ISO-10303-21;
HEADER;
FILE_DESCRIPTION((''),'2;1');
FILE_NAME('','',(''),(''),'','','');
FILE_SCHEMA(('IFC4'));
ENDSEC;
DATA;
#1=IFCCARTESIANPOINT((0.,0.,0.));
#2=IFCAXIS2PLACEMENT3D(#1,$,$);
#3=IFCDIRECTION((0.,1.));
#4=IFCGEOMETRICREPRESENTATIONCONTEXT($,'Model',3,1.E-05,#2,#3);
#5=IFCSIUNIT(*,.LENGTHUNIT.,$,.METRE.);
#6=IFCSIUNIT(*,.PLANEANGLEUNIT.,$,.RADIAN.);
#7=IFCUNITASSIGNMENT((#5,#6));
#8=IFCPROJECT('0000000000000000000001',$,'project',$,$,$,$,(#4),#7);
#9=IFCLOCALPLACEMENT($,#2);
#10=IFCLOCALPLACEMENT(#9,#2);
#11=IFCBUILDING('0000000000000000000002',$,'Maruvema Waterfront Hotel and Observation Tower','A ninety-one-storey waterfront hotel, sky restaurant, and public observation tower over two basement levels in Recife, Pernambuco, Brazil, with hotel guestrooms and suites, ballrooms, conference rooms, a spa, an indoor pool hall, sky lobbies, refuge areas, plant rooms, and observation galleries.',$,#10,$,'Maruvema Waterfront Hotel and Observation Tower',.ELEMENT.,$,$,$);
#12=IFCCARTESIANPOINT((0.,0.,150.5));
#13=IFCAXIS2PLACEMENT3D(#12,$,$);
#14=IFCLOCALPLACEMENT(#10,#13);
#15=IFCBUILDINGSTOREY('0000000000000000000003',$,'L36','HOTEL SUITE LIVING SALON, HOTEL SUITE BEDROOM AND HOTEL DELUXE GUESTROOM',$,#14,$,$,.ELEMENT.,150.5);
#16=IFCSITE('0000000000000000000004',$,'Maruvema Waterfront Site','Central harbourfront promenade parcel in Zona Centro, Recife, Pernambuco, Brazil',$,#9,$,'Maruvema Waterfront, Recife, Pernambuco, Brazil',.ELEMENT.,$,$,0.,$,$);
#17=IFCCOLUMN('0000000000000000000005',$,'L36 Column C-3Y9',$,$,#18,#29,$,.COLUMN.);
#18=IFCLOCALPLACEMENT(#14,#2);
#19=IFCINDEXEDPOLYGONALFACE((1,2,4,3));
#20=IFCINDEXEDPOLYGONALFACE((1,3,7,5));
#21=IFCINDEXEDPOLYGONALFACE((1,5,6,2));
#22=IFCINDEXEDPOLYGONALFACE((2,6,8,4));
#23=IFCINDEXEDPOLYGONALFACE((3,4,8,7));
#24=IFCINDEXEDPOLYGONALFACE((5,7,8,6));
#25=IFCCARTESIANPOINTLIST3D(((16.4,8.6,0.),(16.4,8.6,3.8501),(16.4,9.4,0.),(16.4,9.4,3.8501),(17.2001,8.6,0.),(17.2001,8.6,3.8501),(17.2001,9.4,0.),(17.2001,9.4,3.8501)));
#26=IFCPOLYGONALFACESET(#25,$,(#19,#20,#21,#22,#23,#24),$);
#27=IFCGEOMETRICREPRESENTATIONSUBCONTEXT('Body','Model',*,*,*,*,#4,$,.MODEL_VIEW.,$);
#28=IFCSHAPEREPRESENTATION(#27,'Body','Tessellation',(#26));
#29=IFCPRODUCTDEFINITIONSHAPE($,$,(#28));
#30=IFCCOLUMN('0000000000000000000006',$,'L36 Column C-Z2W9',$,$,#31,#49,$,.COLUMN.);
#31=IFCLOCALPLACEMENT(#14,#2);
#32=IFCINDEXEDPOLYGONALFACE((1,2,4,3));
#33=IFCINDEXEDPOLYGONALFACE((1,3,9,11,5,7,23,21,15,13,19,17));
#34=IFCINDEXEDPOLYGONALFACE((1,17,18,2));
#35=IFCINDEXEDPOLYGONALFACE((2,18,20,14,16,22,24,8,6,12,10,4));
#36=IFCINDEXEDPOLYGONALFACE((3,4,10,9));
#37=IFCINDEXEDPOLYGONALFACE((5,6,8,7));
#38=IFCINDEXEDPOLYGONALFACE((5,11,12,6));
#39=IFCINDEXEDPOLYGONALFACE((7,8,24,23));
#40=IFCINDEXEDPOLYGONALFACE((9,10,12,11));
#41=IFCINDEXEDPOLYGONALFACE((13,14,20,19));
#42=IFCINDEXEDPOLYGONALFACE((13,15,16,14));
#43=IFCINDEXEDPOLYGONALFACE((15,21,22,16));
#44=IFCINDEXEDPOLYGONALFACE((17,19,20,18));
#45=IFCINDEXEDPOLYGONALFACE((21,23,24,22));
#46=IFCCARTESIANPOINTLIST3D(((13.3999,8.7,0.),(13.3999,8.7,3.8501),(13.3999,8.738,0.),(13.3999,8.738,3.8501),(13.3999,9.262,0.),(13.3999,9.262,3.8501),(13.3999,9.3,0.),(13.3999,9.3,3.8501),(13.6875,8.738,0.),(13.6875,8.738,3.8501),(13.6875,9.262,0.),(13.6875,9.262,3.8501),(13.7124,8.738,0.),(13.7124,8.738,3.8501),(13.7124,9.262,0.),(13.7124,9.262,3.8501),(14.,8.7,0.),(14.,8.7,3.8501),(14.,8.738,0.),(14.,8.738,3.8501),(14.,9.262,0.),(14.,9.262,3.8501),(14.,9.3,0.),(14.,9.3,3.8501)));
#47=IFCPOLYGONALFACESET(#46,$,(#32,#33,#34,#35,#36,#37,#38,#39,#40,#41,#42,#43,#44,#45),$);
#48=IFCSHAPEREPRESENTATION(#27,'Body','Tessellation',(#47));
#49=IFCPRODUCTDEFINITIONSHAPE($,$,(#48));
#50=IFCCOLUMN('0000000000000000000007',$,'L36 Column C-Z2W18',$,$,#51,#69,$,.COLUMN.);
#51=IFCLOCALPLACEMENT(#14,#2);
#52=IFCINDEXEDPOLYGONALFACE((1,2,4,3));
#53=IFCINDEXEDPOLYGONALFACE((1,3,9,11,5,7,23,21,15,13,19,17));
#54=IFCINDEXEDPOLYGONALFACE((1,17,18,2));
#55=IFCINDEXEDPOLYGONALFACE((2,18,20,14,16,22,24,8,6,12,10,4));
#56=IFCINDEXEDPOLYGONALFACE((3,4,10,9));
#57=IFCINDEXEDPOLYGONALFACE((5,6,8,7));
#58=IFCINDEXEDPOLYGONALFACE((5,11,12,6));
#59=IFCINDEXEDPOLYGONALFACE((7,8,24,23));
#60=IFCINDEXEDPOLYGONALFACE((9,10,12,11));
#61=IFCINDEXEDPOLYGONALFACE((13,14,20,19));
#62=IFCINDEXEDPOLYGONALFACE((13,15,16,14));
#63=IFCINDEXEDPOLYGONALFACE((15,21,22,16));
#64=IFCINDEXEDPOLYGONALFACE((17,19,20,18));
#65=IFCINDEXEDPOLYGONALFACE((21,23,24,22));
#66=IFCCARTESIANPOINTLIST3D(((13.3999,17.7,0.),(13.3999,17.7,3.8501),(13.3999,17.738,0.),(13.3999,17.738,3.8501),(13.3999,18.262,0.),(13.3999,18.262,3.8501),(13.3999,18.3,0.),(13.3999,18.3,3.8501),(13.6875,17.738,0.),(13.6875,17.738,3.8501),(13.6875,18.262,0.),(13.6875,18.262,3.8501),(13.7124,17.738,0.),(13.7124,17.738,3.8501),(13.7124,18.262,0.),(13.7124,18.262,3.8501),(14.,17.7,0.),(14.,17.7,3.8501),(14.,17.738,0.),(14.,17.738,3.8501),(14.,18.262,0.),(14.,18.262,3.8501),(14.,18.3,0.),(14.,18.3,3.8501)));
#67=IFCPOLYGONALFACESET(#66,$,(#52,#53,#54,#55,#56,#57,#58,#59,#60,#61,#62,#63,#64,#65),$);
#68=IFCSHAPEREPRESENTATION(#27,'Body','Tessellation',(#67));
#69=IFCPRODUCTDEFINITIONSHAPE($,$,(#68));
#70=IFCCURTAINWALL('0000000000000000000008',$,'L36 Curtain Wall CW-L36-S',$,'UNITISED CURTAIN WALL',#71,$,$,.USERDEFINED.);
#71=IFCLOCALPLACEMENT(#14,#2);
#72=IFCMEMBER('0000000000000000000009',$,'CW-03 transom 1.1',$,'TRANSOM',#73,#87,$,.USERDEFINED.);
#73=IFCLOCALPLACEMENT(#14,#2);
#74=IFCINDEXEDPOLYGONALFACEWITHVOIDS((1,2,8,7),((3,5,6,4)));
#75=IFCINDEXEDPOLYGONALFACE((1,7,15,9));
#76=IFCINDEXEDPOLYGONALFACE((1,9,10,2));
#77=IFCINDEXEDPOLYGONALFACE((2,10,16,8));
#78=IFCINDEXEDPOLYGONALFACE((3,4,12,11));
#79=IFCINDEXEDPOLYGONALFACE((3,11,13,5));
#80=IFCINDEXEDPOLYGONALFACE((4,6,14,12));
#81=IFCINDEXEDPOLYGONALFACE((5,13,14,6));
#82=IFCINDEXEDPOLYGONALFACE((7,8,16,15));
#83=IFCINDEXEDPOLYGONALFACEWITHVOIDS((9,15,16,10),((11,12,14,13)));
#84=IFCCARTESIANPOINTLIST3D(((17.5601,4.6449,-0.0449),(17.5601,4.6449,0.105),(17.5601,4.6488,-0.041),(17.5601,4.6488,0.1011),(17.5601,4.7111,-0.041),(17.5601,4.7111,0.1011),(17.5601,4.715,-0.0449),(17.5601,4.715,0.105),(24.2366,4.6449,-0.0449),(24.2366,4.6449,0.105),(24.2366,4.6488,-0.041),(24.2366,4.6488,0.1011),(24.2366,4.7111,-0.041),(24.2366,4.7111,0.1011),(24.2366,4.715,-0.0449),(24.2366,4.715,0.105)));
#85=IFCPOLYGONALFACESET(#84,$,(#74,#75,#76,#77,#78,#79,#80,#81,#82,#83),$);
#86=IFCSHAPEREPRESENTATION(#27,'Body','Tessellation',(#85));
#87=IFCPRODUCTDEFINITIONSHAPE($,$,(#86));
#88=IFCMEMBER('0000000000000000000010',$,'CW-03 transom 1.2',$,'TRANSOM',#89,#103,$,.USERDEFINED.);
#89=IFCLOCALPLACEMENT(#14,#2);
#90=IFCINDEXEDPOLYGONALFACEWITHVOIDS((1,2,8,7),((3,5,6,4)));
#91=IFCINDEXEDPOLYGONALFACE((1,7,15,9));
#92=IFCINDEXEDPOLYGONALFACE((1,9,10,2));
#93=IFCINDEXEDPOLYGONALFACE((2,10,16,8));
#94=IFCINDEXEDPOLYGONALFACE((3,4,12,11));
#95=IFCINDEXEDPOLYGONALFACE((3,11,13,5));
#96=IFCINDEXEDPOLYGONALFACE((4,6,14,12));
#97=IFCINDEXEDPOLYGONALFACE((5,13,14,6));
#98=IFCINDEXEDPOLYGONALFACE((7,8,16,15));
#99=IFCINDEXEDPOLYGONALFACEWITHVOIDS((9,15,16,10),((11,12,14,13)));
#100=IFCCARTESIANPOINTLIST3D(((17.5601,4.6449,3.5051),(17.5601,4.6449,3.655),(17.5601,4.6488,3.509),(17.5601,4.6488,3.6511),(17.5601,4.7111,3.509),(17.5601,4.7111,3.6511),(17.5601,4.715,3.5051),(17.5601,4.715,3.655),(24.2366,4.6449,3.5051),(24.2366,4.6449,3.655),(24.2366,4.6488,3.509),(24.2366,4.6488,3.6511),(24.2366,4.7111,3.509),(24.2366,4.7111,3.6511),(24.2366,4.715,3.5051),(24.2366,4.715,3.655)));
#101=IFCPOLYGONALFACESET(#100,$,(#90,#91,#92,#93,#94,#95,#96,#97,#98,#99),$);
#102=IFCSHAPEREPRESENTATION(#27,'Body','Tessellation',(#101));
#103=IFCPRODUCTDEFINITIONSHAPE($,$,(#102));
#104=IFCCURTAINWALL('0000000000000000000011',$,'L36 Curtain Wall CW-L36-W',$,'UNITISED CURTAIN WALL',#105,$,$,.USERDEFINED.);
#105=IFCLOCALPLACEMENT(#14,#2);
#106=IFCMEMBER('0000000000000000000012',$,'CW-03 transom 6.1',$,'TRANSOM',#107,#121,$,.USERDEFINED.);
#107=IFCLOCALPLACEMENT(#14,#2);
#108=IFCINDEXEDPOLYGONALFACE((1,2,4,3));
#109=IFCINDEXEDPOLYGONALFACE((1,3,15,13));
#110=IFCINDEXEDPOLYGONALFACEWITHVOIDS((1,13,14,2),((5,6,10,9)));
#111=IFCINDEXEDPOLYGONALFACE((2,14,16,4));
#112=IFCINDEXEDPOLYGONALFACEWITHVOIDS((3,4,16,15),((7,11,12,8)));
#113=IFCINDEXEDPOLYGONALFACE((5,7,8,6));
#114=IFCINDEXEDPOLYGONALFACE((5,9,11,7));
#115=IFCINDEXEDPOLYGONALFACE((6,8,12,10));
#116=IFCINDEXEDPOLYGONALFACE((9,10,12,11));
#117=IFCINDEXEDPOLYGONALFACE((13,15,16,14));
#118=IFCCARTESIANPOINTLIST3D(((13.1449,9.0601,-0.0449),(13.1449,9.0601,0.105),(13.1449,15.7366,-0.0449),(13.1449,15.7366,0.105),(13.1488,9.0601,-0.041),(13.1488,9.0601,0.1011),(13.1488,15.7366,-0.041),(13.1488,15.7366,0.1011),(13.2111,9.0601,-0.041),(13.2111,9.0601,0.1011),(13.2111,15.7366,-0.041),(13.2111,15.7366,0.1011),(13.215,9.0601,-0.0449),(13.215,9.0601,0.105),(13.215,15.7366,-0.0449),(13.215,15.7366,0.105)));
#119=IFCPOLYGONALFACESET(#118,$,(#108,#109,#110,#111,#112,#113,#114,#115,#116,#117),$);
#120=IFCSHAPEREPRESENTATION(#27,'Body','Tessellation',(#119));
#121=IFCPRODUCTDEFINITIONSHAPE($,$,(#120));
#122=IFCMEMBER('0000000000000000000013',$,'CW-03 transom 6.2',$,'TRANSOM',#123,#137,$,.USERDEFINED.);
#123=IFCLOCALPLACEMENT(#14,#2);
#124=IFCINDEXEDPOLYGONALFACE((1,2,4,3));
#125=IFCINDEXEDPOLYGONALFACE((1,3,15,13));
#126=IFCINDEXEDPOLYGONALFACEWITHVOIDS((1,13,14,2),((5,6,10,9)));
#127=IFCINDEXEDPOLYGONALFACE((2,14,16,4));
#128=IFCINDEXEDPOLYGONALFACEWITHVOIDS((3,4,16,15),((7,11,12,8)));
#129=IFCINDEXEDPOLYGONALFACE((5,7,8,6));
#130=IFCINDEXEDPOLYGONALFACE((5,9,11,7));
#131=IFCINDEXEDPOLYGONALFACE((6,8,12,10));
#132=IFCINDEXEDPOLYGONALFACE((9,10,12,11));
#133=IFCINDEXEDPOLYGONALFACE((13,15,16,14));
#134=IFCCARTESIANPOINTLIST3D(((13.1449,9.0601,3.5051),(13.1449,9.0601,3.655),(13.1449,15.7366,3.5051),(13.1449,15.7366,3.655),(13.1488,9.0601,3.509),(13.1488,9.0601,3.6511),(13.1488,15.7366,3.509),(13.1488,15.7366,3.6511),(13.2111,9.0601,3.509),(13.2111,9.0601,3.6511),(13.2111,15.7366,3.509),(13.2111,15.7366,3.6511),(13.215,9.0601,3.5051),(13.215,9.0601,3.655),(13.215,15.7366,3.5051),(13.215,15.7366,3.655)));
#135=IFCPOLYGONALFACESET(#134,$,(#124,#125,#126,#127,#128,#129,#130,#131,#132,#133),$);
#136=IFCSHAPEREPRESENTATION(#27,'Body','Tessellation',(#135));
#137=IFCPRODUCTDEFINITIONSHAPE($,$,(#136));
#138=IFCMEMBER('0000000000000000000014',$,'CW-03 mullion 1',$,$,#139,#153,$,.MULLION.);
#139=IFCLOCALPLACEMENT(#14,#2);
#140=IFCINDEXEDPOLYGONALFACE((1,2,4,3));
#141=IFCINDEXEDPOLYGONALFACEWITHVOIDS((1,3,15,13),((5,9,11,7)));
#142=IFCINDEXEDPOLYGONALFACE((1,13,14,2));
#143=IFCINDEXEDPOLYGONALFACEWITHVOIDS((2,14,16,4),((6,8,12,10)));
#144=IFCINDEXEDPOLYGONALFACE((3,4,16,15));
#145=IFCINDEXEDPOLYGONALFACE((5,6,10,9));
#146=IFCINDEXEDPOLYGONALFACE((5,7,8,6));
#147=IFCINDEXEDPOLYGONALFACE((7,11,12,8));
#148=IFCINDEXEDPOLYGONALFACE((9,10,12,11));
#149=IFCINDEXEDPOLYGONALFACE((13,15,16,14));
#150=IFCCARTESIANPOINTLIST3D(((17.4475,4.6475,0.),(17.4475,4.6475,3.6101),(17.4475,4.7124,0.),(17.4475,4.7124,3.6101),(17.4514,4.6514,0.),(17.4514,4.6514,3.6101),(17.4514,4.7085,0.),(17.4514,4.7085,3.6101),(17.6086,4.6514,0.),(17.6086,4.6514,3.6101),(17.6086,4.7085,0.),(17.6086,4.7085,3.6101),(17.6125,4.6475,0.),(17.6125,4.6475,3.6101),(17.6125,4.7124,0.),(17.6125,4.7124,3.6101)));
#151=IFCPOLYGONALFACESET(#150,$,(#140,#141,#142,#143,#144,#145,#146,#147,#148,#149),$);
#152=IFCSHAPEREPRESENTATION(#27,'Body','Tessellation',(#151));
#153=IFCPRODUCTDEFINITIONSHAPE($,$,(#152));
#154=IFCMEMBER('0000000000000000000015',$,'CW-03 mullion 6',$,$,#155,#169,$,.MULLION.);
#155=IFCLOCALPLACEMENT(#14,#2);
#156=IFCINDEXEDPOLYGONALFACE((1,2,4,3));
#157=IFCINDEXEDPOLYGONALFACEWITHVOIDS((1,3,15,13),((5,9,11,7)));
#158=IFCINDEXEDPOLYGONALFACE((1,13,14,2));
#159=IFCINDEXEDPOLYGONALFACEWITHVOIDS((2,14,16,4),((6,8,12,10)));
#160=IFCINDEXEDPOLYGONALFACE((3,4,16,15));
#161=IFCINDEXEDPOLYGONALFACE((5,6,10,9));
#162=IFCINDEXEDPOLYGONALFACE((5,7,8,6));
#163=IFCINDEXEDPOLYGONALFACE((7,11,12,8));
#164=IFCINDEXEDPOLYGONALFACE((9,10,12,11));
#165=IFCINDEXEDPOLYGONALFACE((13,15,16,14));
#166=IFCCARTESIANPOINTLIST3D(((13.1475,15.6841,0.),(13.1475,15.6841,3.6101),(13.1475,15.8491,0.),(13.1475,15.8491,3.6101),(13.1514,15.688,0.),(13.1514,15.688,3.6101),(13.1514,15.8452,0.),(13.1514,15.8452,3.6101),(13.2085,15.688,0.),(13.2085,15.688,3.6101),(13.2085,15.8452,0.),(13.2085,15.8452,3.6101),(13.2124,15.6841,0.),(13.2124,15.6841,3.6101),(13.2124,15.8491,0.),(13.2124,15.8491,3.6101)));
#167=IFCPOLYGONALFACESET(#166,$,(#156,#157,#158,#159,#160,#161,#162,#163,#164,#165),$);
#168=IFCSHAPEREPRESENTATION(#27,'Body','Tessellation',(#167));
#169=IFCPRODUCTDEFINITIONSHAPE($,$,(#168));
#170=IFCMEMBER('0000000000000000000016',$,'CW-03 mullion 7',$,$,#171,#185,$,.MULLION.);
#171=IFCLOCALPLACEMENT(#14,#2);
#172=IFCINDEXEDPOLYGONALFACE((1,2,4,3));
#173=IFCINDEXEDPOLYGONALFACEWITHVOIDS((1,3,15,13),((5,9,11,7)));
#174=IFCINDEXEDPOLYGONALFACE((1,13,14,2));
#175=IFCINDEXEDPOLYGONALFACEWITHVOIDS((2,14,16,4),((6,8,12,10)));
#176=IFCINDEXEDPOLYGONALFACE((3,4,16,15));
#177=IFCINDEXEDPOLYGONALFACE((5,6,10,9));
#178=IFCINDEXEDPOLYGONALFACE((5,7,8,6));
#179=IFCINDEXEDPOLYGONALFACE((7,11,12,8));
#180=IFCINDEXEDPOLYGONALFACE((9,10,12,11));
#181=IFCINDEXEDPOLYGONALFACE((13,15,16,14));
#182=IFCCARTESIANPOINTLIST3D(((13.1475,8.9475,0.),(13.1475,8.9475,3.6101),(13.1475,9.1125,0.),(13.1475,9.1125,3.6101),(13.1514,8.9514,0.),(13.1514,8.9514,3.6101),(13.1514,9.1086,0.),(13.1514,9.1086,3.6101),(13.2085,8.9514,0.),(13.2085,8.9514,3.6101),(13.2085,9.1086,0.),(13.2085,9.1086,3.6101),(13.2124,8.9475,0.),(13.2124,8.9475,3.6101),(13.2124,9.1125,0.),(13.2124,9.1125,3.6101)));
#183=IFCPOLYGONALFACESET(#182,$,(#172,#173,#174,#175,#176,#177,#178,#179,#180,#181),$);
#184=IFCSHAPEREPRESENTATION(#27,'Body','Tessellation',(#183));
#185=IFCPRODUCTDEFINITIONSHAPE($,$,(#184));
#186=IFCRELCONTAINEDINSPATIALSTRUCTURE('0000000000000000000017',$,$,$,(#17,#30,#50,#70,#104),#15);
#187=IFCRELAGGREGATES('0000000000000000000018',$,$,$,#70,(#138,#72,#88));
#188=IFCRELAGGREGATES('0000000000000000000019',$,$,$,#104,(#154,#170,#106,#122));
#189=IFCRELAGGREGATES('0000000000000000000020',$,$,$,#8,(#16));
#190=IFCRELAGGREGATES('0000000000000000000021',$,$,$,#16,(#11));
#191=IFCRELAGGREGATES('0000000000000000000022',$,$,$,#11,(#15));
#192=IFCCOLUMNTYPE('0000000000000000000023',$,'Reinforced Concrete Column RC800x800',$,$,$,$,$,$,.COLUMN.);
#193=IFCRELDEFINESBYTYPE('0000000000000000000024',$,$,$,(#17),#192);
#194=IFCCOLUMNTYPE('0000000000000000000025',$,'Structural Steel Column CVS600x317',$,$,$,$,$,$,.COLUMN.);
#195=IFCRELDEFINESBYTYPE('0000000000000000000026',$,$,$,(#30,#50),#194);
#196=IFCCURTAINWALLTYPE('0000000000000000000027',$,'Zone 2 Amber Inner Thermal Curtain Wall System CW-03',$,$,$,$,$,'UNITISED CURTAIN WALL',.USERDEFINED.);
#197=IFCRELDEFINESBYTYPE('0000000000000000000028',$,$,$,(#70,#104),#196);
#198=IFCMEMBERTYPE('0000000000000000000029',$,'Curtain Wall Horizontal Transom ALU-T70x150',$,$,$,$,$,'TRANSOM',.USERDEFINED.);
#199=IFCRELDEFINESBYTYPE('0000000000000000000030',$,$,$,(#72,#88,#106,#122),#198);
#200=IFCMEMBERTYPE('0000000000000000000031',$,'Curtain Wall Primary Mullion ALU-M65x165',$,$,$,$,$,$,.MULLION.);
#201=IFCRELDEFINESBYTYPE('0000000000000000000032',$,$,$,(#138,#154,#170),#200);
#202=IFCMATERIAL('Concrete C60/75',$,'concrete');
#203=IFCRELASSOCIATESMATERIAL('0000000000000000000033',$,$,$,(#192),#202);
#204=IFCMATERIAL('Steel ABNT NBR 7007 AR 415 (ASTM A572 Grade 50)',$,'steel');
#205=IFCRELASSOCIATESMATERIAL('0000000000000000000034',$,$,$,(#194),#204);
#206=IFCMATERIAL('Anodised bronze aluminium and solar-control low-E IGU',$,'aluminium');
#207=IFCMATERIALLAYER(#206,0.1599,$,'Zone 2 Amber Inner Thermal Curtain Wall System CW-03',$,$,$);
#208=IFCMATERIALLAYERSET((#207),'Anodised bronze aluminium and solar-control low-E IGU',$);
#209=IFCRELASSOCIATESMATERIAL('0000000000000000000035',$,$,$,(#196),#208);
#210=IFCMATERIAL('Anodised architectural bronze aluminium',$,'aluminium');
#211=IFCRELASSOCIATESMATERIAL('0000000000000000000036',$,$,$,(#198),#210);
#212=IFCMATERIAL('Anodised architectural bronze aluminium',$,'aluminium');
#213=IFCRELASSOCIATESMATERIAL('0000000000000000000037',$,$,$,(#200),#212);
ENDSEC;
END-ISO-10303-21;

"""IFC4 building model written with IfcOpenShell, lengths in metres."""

from ifc_helpers import new_model, si_unit, direction, frame, origin, origin_2d, place, context, subcontext, project, spatial, rectangle, hollow_rectangle, i_section, extrude, material, layer, layer_set, material_profile, profile_set, type_object, element, aggregate, save


model = new_model("IFC4")

# Units and contexts
model_context = context("Model", 3, precision=1e-05, world=origin(), true_north=direction((0.0, 1.0)))
body_context = subcontext(model_context, "Body", "Model", "MODEL_VIEW")
ifc_project = project(units=[si_unit("LENGTHUNIT", "METRE"), si_unit("PLANEANGLEUNIT", "RADIAN")], contexts=[model_context])

# Site, building, storey
site_placement = place(None, origin())
site = spatial("IfcSite", under=ifc_project, at=site_placement, Name="Maruvema Waterfront Site", Description="Central harbourfront promenade parcel in Zona Centro, Recife, Pernambuco, Brazil", LongName="Maruvema Waterfront, Recife, Pernambuco, Brazil", CompositionType="ELEMENT", RefElevation=0.0)
building_placement = place(site_placement, origin())
building = spatial("IfcBuilding", under=site, at=building_placement, Name="Maruvema Waterfront Hotel and Observation Tower", Description="A ninety-one-storey waterfront hotel, sky restaurant, and public observation tower over two basement levels in Recife, Pernambuco, Brazil, with hotel guestrooms and suites, ballrooms, conference rooms, a spa, an indoor pool hall, sky lobbies, refuge areas, plant rooms, and observation galleries.", LongName="Maruvema Waterfront Hotel and Observation Tower", CompositionType="ELEMENT")
storey_placement = place(building_placement, frame((0.0, 0.0, 150.5)))
storey = spatial("IfcBuildingStorey", under=building, at=storey_placement, Name="L36", Description="HOTEL SUITE LIVING SALON, HOTEL SUITE BEDROOM AND HOTEL DELUXE GUESTROOM", CompositionType="ELEMENT", Elevation=150.5)

# Columns
ifc_material_1 = material(Name="Concrete C60/75", Category="concrete")
ifc_material_profile_1 = material_profile(ifc_material_1, rectangle(XDim=0.8, YDim=0.8, at=origin_2d()), Name="RC800x800")
ifc_profile_set_1 = profile_set([ifc_material_profile_1], Name="Concrete C60/75")
column_type_1 = type_object("IfcColumnType", Name="Reinforced Concrete Column RC800x800", PredefinedType="COLUMN", material=ifc_profile_set_1)
column_placement = place(storey_placement, frame((16.8, 9.0, 0.0), z_axis=(0.0, 0.0, 1.0), x_axis=(1.0, 0.0, 0.0)))
element("IfcColumn", 1, at=column_placement, inside=storey, type_object=column_type_1, Name="L36 Column C-3Y9", PredefinedType="COLUMN", context=body_context, shape_type="SweptSolid", body=[
    extrude(rectangle(XDim=0.8, YDim=0.8, at=origin_2d()), origin(), (0.0, 0.0, 1.0), 3.8501),
])
ifc_material_2 = material(Name="Steel ABNT NBR 7007 AR 415 (ASTM A572 Grade 50)", Category="steel")
ifc_material_profile_2 = material_profile(ifc_material_2, i_section(OverallWidth=0.6001, OverallDepth=0.6001, WebThickness=0.0249, FlangeThickness=0.0381, at=origin_2d()), Name="CVS600x317")
ifc_profile_set_2 = profile_set([ifc_material_profile_2], Name="Steel ABNT NBR 7007 AR 415 (ASTM A572 Grade 50)")
column_type_2 = type_object("IfcColumnType", Name="Structural Steel Column CVS600x317", PredefinedType="COLUMN", material=ifc_profile_set_2)
for number, where, z_axis, x_axis, name in (
    (2, (13.7, 9.0, 0.0), (0.0, 0.0, 1.0), (1.0, 0.0, 0.0), "L36 Column C-Z2W9"),
    (3, (13.7, 18.0, 0.0), (0.0, 0.0, 1.0), (1.0, 0.0, 0.0), "L36 Column C-Z2W18"),
):
    element("IfcColumn", number, at=place(storey_placement, frame(where, z_axis=z_axis, x_axis=x_axis)), inside=storey, type_object=column_type_2, Name=name, PredefinedType="COLUMN", context=body_context, shape_type="SweptSolid", body=[
        extrude(i_section(OverallWidth=0.6001, OverallDepth=0.6001, WebThickness=0.0249, FlangeThickness=0.0381, at=origin_2d()), origin(), (0.0, 0.0, 1.0), 3.8501),
    ])

# Curtain walls, members
ifc_material_3 = material(Name="Anodised bronze aluminium and solar-control low-E IGU", Category="aluminium")
ifc_layer_1 = layer(ifc_material_3, 0.1599, Name="Zone 2 Amber Inner Thermal Curtain Wall System CW-03")
ifc_layer_set_1 = layer_set([ifc_layer_1], Name="Anodised bronze aluminium and solar-control low-E IGU")
curtain_wall_type = type_object("IfcCurtainWallType", Name="Zone 2 Amber Inner Thermal Curtain Wall System CW-03", ElementType="UNITISED CURTAIN WALL", PredefinedType="USERDEFINED", material=ifc_layer_set_1)
curtain_wall_1_placement = place(storey_placement, origin())
curtain_wall_1 = element("IfcCurtainWall", 4, at=curtain_wall_1_placement, inside=storey, type_object=curtain_wall_type, Name="L36 Curtain Wall CW-L36-S", ObjectType="UNITISED CURTAIN WALL", PredefinedType="USERDEFINED")
ifc_material_4 = material(Name="Anodised architectural bronze aluminium", Category="aluminium")
ifc_material_profile_3 = material_profile(ifc_material_4, hollow_rectangle(XDim=0.0701, YDim=0.1499, WallThickness=0.0039, at=origin_2d()), Name="ALU-T70x150")
ifc_profile_set_3 = profile_set([ifc_material_profile_3], Name="Anodised architectural bronze aluminium")
member_type_1 = type_object("IfcMemberType", Name="Curtain Wall Horizontal Transom ALU-T70x150", ElementType="TRANSOM", PredefinedType="USERDEFINED", material=ifc_profile_set_3)
member_1_placement = place(storey_placement, frame((17.5601, 4.6799, 0.03), z_axis=(1.0, 0.0, 0.0), x_axis=(0.0, 1.0, 0.0)))
member_1 = element("IfcMember", 5, at=member_1_placement, type_object=member_type_1, Name="CW-03 transom 1.1", ObjectType="TRANSOM", PredefinedType="USERDEFINED", context=body_context, shape_type="SweptSolid", body=[
    extrude(hollow_rectangle(XDim=0.0701, YDim=0.1499, WallThickness=0.0039, at=origin_2d()), origin(), (0.0, 0.0, 1.0), 6.6765),
])
member_2_placement = place(storey_placement, frame((17.5601, 4.6799, 3.5801), z_axis=(1.0, 0.0, 0.0), x_axis=(0.0, 1.0, 0.0)))
member_2 = element("IfcMember", 6, at=member_2_placement, type_object=member_type_1, Name="CW-03 transom 1.2", ObjectType="TRANSOM", PredefinedType="USERDEFINED", context=body_context, shape_type="SweptSolid", body=[
    extrude(hollow_rectangle(XDim=0.0701, YDim=0.1499, WallThickness=0.0039, at=origin_2d()), origin(), (0.0, 0.0, 1.0), 6.6765),
])
curtain_wall_2_placement = place(storey_placement, origin())
curtain_wall_2 = element("IfcCurtainWall", 7, at=curtain_wall_2_placement, inside=storey, type_object=curtain_wall_type, Name="L36 Curtain Wall CW-L36-W", ObjectType="UNITISED CURTAIN WALL", PredefinedType="USERDEFINED")
member_3_placement = place(storey_placement, frame((13.1799, 15.7366, 0.03), z_axis=(0.0, -1.0, 0.0), x_axis=(1.0, 0.0, 0.0)))
member_3 = element("IfcMember", 8, at=member_3_placement, type_object=member_type_1, Name="CW-03 transom 6.1", ObjectType="TRANSOM", PredefinedType="USERDEFINED", context=body_context, shape_type="SweptSolid", body=[
    extrude(hollow_rectangle(XDim=0.0701, YDim=0.1499, WallThickness=0.0039, at=origin_2d()), origin(), (0.0, 0.0, 1.0), 6.6765),
])
member_4_placement = place(storey_placement, frame((13.1799, 15.7366, 3.5801), z_axis=(0.0, -1.0, 0.0), x_axis=(1.0, 0.0, 0.0)))
member_4 = element("IfcMember", 9, at=member_4_placement, type_object=member_type_1, Name="CW-03 transom 6.2", ObjectType="TRANSOM", PredefinedType="USERDEFINED", context=body_context, shape_type="SweptSolid", body=[
    extrude(hollow_rectangle(XDim=0.0701, YDim=0.1499, WallThickness=0.0039, at=origin_2d()), origin(), (0.0, 0.0, 1.0), 6.6765),
])

# Members
ifc_material_5 = material(Name="Anodised architectural bronze aluminium", Category="aluminium")
ifc_material_profile_4 = material_profile(ifc_material_5, hollow_rectangle(XDim=0.0649, YDim=0.165, WallThickness=0.0039, at=origin_2d()), Name="ALU-M65x165")
ifc_profile_set_4 = profile_set([ifc_material_profile_4], Name="Anodised architectural bronze aluminium")
member_type_2 = type_object("IfcMemberType", Name="Curtain Wall Primary Mullion ALU-M65x165", PredefinedType="MULLION", material=ifc_profile_set_4)
member_5_placement = place(storey_placement, frame((17.53, 4.6799, 0.0), z_axis=(0.0, 0.0, 1.0), x_axis=(0.0, 1.0, 0.0)))
member_5 = element("IfcMember", 10, at=member_5_placement, type_object=member_type_2, Name="CW-03 mullion 1", PredefinedType="MULLION", context=body_context, shape_type="SweptSolid", body=[
    extrude(hollow_rectangle(XDim=0.0649, YDim=0.165, WallThickness=0.0039, at=origin_2d()), origin(), (0.0, 0.0, 1.0), 3.6101),
])
member_6_placement = place(storey_placement, frame((13.1799, 15.7666, 0.0), z_axis=(0.0, 0.0, 1.0), x_axis=(1.0, 0.0, 0.0)))
member_6 = element("IfcMember", 11, at=member_6_placement, type_object=member_type_2, Name="CW-03 mullion 6", PredefinedType="MULLION", context=body_context, shape_type="SweptSolid", body=[
    extrude(hollow_rectangle(XDim=0.0649, YDim=0.165, WallThickness=0.0039, at=origin_2d()), origin(), (0.0, 0.0, 1.0), 3.6101),
])
member_7_placement = place(storey_placement, frame((13.1799, 9.03, 0.0), z_axis=(0.0, 0.0, 1.0), x_axis=(1.0, 0.0, 0.0)))
member_7 = element("IfcMember", 12, at=member_7_placement, type_object=member_type_2, Name="CW-03 mullion 7", PredefinedType="MULLION", context=body_context, shape_type="SweptSolid", body=[
    extrude(hollow_rectangle(XDim=0.0649, YDim=0.165, WallThickness=0.0039, at=origin_2d()), origin(), (0.0, 0.0, 1.0), 3.6101),
])

aggregate(curtain_wall_1, [member_5, member_1, member_2])
aggregate(curtain_wall_2, [member_6, member_7, member_3, member_4])

save(model, "model.ifc")
